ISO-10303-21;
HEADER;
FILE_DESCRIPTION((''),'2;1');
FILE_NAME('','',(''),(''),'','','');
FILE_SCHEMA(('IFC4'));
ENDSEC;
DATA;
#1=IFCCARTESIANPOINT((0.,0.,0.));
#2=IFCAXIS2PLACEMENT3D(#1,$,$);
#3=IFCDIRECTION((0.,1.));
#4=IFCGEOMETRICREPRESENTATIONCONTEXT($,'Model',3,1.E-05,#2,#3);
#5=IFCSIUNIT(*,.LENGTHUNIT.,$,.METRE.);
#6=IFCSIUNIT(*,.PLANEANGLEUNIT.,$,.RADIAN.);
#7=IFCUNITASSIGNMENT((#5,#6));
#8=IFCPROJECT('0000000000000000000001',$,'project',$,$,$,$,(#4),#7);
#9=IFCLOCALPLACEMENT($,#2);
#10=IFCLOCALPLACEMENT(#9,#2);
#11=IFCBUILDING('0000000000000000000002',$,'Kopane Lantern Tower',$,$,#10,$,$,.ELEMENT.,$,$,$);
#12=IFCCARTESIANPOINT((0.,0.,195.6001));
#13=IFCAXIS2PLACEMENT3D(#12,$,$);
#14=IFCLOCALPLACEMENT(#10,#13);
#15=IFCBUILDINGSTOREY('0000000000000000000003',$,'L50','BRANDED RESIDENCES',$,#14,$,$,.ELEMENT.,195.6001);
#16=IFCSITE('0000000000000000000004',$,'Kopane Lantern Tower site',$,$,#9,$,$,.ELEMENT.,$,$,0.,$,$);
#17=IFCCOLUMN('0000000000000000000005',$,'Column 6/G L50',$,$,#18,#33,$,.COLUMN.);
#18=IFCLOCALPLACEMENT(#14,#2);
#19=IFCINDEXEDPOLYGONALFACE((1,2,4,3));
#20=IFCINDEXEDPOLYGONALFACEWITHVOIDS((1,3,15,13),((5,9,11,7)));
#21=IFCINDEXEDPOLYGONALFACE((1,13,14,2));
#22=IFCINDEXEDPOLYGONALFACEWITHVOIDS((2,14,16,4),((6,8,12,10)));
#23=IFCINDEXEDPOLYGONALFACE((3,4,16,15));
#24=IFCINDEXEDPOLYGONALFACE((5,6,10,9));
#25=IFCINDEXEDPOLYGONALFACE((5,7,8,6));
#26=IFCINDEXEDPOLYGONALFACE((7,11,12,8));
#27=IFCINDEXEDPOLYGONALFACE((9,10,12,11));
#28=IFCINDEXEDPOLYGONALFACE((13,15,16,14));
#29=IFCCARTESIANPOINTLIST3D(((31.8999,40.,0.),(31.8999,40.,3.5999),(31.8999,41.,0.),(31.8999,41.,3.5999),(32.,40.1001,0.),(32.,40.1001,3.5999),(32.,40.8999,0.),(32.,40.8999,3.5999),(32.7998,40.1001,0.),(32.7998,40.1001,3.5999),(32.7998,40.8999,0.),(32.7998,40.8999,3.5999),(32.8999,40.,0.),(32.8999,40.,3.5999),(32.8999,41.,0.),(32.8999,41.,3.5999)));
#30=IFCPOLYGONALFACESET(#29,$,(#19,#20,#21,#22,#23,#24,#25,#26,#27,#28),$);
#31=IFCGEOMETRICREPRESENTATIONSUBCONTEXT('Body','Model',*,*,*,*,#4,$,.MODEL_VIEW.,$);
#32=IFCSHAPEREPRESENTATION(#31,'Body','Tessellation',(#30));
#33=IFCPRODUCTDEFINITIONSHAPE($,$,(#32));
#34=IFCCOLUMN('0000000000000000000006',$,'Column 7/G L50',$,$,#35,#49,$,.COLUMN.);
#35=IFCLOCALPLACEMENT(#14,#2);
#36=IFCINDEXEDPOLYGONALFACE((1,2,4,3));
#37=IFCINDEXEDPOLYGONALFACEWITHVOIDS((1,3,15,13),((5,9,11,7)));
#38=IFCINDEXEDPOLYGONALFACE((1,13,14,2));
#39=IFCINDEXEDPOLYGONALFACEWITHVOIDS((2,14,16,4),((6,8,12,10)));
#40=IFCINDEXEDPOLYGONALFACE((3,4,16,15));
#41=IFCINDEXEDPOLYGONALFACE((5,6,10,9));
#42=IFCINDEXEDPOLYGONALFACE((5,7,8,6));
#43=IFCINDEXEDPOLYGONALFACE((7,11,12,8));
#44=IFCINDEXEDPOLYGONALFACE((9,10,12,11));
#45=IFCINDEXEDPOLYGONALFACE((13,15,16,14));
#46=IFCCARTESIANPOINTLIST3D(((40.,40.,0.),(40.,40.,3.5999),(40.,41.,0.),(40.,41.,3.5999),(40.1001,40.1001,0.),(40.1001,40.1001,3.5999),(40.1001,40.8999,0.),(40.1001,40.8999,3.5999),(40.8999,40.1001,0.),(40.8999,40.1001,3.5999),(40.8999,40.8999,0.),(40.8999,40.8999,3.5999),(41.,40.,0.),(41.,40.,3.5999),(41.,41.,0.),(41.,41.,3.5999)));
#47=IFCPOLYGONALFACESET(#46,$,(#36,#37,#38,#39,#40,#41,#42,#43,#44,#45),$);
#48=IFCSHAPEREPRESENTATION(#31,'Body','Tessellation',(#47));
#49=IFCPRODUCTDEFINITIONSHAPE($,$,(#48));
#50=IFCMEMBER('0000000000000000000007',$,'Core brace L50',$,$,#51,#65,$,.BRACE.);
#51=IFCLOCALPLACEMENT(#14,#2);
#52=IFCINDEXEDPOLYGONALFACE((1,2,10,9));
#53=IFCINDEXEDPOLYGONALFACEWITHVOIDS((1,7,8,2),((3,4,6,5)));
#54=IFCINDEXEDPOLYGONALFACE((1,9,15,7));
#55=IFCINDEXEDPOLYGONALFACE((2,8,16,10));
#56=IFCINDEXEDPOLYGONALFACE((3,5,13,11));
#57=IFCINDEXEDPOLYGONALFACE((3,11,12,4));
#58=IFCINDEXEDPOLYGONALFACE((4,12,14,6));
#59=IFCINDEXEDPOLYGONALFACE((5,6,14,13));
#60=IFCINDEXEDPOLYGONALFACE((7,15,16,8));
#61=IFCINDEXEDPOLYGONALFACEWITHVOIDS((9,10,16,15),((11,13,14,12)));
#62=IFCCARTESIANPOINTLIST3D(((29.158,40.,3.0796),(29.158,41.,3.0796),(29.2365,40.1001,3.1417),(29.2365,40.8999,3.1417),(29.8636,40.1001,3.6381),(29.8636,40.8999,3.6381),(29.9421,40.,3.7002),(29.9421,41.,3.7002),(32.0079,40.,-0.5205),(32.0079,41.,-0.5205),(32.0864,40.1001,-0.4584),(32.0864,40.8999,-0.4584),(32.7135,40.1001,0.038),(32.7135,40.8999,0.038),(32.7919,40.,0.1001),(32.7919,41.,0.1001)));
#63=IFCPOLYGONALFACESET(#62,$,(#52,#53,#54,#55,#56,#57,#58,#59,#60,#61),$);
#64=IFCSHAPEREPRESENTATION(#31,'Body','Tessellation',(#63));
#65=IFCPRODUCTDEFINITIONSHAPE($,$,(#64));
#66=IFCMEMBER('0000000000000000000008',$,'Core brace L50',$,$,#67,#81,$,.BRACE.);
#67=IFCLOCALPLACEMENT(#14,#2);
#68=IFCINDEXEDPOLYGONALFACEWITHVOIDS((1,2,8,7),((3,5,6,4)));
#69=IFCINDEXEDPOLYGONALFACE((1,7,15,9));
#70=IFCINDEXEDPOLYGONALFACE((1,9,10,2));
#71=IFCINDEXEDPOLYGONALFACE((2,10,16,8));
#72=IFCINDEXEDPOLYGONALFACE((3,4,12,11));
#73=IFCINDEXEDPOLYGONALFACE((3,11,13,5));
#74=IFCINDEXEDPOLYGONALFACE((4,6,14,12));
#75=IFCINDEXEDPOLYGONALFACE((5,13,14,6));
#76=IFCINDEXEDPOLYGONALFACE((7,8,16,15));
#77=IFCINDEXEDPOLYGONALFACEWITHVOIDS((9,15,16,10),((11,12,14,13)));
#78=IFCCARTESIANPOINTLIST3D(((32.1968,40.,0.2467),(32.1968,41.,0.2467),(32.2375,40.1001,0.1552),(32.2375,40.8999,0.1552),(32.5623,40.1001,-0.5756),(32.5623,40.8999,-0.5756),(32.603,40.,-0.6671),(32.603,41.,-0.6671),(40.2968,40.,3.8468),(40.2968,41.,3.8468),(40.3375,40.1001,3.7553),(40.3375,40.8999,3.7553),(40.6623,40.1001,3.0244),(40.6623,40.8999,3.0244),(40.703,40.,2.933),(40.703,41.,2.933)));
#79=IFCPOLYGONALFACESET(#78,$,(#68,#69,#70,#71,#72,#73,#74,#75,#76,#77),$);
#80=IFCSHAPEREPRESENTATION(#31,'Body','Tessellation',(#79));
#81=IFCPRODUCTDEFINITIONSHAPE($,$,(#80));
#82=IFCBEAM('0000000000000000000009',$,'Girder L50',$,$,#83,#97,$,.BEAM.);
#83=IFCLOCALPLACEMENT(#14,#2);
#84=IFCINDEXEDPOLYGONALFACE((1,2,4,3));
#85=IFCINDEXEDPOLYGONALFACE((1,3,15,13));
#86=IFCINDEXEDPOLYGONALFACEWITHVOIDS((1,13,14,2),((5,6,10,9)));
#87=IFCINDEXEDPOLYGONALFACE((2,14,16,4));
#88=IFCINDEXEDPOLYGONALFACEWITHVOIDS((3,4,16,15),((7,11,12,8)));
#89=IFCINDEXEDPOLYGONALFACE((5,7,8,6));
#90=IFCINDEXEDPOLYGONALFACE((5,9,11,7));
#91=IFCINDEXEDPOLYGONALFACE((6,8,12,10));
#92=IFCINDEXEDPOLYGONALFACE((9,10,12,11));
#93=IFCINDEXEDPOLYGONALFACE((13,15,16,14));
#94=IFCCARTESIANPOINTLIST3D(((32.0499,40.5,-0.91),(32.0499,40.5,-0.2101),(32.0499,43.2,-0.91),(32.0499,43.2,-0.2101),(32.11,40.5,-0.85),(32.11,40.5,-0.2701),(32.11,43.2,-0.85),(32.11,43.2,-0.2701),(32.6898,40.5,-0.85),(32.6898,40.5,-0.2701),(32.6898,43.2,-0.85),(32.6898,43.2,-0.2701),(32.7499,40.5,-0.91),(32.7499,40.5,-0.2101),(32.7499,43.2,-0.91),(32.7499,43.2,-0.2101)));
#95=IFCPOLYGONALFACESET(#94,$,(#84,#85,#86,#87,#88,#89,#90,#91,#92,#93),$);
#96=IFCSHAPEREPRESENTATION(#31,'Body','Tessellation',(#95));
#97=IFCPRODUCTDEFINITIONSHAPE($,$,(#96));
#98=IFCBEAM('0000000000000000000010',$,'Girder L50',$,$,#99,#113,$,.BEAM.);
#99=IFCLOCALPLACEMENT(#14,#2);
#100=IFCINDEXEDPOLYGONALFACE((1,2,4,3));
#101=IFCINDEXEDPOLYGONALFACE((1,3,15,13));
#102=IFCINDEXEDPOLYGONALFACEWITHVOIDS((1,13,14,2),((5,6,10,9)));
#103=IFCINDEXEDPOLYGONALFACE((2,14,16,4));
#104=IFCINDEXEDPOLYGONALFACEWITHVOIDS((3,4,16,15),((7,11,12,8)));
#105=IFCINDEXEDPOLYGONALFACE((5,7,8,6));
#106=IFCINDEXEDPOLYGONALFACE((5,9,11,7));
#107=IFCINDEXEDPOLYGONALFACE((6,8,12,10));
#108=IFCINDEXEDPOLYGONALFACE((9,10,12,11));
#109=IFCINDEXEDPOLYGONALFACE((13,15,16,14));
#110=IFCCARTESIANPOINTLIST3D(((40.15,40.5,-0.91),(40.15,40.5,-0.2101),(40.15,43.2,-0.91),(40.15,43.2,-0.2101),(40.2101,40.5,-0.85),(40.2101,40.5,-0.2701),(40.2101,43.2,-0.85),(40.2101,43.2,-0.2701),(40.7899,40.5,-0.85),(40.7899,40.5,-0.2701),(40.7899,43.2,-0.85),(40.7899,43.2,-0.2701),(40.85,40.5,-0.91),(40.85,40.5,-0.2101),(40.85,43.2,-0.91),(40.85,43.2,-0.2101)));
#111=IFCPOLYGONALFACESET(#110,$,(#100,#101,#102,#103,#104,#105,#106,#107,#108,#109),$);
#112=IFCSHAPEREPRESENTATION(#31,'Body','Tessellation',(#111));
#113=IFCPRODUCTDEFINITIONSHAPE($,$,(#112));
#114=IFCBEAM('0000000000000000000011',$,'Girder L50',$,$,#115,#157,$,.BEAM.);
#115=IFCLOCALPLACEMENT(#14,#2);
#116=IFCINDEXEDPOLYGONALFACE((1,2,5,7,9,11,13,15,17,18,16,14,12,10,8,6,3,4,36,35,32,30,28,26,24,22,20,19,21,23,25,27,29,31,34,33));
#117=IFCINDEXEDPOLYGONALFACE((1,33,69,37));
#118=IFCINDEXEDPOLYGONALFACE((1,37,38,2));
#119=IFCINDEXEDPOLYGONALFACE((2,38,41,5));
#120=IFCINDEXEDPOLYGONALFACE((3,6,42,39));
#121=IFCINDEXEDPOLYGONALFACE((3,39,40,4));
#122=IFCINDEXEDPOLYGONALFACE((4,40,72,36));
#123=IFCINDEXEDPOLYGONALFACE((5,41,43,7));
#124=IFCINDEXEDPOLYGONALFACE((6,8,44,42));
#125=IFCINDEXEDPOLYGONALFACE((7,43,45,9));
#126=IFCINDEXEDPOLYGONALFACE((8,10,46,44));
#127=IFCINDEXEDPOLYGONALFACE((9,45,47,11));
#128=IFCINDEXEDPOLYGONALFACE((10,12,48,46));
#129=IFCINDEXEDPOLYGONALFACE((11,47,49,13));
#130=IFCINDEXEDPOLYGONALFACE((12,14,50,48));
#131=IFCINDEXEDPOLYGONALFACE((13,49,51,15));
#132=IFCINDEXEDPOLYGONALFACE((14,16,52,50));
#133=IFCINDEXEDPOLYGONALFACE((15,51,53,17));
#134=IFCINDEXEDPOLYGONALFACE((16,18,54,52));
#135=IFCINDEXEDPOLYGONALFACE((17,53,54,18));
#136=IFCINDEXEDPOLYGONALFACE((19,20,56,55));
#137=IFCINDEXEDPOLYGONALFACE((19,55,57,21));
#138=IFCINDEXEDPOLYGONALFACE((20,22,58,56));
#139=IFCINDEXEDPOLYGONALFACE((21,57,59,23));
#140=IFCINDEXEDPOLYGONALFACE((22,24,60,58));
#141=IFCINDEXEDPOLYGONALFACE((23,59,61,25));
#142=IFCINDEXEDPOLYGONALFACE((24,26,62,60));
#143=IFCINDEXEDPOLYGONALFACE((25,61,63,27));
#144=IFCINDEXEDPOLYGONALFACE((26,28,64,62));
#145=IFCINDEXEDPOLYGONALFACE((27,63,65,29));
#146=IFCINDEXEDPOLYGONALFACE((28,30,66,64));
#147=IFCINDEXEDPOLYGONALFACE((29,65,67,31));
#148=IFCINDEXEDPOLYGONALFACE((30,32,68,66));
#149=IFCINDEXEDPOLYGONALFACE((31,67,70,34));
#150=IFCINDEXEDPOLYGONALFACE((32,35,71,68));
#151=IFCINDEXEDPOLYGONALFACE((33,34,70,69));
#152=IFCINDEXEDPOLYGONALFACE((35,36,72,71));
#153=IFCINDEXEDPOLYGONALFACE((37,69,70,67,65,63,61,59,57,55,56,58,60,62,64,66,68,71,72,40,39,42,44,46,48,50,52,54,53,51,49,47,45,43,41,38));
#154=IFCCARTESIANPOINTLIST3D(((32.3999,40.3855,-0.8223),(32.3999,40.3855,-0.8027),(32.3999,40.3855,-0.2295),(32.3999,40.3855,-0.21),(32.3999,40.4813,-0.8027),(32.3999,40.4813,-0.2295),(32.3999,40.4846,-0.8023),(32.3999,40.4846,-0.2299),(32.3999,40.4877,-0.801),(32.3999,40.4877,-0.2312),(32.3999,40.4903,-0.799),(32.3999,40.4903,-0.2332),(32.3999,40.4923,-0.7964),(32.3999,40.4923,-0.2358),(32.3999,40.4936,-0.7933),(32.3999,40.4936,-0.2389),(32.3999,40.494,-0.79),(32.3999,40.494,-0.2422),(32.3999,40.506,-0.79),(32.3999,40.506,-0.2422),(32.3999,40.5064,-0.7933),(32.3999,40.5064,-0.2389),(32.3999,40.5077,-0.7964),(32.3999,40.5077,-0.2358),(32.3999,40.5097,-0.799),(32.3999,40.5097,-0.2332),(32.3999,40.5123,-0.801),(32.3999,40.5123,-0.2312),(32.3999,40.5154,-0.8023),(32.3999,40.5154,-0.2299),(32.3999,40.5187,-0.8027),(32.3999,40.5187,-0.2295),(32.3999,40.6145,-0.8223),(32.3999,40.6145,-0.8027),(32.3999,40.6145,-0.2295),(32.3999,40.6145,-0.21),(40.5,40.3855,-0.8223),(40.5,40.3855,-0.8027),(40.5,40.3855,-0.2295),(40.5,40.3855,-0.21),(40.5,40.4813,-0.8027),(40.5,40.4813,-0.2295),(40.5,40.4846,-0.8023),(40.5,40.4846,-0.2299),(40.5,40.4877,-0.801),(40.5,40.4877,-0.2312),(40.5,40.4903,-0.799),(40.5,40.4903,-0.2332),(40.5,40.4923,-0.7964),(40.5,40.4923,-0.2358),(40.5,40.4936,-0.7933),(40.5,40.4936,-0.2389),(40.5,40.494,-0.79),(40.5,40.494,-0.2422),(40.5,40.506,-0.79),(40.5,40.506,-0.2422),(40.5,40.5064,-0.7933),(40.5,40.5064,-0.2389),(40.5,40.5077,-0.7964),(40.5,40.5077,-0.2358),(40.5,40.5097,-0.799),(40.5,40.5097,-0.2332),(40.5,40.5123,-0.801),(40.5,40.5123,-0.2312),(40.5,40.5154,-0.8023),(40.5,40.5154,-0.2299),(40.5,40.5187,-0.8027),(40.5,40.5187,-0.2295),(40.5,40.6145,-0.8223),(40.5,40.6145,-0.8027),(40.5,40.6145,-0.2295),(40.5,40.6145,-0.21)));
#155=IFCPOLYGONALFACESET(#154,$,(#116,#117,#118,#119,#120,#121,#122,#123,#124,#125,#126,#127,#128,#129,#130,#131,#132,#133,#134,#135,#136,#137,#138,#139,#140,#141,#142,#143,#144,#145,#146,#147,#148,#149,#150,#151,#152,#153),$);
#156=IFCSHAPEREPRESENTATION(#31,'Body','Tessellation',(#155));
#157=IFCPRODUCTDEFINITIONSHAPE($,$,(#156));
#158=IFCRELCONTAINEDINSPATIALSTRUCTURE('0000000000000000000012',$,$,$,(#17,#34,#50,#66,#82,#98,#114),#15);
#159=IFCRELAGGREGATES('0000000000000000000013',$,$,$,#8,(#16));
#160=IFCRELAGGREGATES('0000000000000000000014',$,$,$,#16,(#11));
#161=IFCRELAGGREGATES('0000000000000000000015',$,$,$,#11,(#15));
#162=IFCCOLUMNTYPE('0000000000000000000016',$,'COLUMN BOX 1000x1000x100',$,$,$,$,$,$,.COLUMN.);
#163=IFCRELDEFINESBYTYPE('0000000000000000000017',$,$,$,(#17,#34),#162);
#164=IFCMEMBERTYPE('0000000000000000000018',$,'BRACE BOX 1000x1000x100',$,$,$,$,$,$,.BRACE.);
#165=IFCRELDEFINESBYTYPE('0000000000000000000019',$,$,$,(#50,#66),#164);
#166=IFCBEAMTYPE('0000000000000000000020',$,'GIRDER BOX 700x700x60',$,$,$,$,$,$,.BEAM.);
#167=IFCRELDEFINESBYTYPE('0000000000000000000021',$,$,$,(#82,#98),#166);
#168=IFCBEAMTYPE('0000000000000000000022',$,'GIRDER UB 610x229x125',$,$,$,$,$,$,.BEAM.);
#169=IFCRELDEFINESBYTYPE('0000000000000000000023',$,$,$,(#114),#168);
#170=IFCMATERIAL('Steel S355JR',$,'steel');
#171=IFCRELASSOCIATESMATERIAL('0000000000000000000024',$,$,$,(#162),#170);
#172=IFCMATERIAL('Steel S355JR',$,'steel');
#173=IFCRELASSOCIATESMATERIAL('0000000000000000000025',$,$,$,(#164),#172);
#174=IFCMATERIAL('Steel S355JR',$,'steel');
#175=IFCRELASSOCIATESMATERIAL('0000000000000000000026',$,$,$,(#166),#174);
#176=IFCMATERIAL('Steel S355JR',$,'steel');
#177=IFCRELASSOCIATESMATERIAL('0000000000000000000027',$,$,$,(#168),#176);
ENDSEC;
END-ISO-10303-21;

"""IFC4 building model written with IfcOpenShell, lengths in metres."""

from ifc_helpers import new_model, si_unit, direction, frame, origin, origin_2d, place, context, subcontext, project, spatial, hollow_rectangle, i_section, extrude, material, material_profile, profile_set, type_object, element, save


model = new_model("IFC4")

# Units and contexts
model_context = context("Model", 3, precision=1e-05, world=origin(), true_north=direction((0.0, 1.0)))
body_context = subcontext(model_context, "Body", "Model", "MODEL_VIEW")
ifc_project = project(units=[si_unit("LENGTHUNIT", "METRE"), si_unit("PLANEANGLEUNIT", "RADIAN")], contexts=[model_context])

# Site, building, storey
site_placement = place(None, origin())
site = spatial("IfcSite", under=ifc_project, at=site_placement, Name="Kopane Lantern Tower site", CompositionType="ELEMENT", RefElevation=0.0)
building_placement = place(site_placement, origin())
building = spatial("IfcBuilding", under=site, at=building_placement, Name="Kopane Lantern Tower", CompositionType="ELEMENT")
storey_placement = place(building_placement, frame((0.0, 0.0, 195.6001)))
storey = spatial("IfcBuildingStorey", under=building, at=storey_placement, Name="L50", Description="BRANDED RESIDENCES", CompositionType="ELEMENT", Elevation=195.6001)

# Columns
ifc_material_1 = material(Name="Steel S355JR", Category="steel")
ifc_material_profile_1 = material_profile(ifc_material_1, hollow_rectangle(XDim=1.0, YDim=1.0, WallThickness=0.1001, at=origin_2d()), Name="BOX 1000x1000x100")
ifc_profile_set_1 = profile_set([ifc_material_profile_1], Name="Steel S355JR")
column_type = type_object("IfcColumnType", Name="COLUMN BOX 1000x1000x100", PredefinedType="COLUMN", material=ifc_profile_set_1)
for number, where, z_axis, x_axis, name in (
    (1, (32.3999, 40.5, 0.0), (0.0, 0.0, 1.0), (1.0, 0.0, 0.0), "Column 6/G L50"),
    (2, (40.5, 40.5, 0.0), (0.0, 0.0, 1.0), (1.0, 0.0, 0.0), "Column 7/G L50"),
):
    element("IfcColumn", number, at=place(storey_placement, frame(where, z_axis=z_axis, x_axis=x_axis)), inside=storey, type_object=column_type, Name=name, PredefinedType="COLUMN", context=body_context, shape_type="SweptSolid", body=[
        extrude(hollow_rectangle(XDim=1.0, YDim=1.0, WallThickness=0.1001, at=origin_2d()), origin(), (0.0, 0.0, 1.0), 3.5999),
    ])

# Members
ifc_material_2 = material(Name="Steel S355JR", Category="steel")
ifc_material_profile_2 = material_profile(ifc_material_2, hollow_rectangle(XDim=1.0, YDim=1.0, WallThickness=0.1001, at=origin_2d()), Name="BOX 1000x1000x100")
ifc_profile_set_2 = profile_set([ifc_material_profile_2], Name="Steel S355JR")
member_type = type_object("IfcMemberType", Name="BRACE BOX 1000x1000x100", PredefinedType="BRACE", material=ifc_profile_set_2)
member_1_placement = place(storey_placement, frame((32.3999, 40.5, -0.2102), z_axis=(-0.620673, 0.0, 0.78407), x_axis=(0.0, -1.0, 0.0)))
element("IfcMember", 3, at=member_1_placement, inside=storey, type_object=member_type, Name="Core brace L50", PredefinedType="BRACE", context=body_context, shape_type="SweptSolid", body=[
    extrude(hollow_rectangle(XDim=1.0, YDim=1.0, WallThickness=0.1001, at=origin_2d()), origin(), (0.0, 0.0, 1.0), 4.5916),
])
member_2_placement = place(storey_placement, frame((32.3999, 40.5, -0.2102), z_axis=(0.913809, 0.0, 0.406144), x_axis=(0.0, 1.0, 0.0)))
element("IfcMember", 4, at=member_2_placement, inside=storey, type_object=member_type, Name="Core brace L50", PredefinedType="BRACE", context=body_context, shape_type="SweptSolid", body=[
    extrude(hollow_rectangle(XDim=1.0, YDim=1.0, WallThickness=0.1001, at=origin_2d()), origin(), (0.0, 0.0, 1.0), 8.864),
])

# Beams
ifc_material_3 = material(Name="Steel S355JR", Category="steel")
ifc_material_profile_3 = material_profile(ifc_material_3, hollow_rectangle(XDim=0.7, YDim=0.7, WallThickness=0.0601, at=origin_2d()), Name="BOX 700x700x60")
ifc_profile_set_3 = profile_set([ifc_material_profile_3], Name="Steel S355JR")
beam_type_1 = type_object("IfcBeamType", Name="GIRDER BOX 700x700x60", PredefinedType="BEAM", material=ifc_profile_set_3)
for number, where, z_axis, x_axis, name in (
    (5, (32.3999, 40.5, -0.5601), (0.0, 1.0, 0.0), (-1.0, 0.0, 0.0), "Girder L50"),
    (6, (40.5, 40.5, -0.5601), (0.0, 1.0, 0.0), (-1.0, 0.0, 0.0), "Girder L50"),
):
    element("IfcBeam", number, at=place(storey_placement, frame(where, z_axis=z_axis, x_axis=x_axis)), inside=storey, type_object=beam_type_1, Name=name, PredefinedType="BEAM", context=body_context, shape_type="SweptSolid", body=[
        extrude(hollow_rectangle(XDim=0.7, YDim=0.7, WallThickness=0.0601, at=origin_2d()), origin(), (0.0, 0.0, 1.0), 2.7),
    ])
ifc_material_4 = material(Name="Steel S355JR", Category="steel")
ifc_material_profile_4 = material_profile(ifc_material_4, i_section(OverallWidth=0.229, OverallDepth=0.6123, WebThickness=0.012, FlangeThickness=0.0195, FilletRadius=0.0127, at=origin_2d()), Name="UB 610x229x125")
ifc_profile_set_4 = profile_set([ifc_material_profile_4], Name="Steel S355JR")
beam_type_2 = type_object("IfcBeamType", Name="GIRDER UB 610x229x125", PredefinedType="BEAM", material=ifc_profile_set_4)
for number, where, z_axis, x_axis, name in (
    (7, (32.3999, 40.5, -0.5161), (1.0, 0.0, 0.0), (0.0, 1.0, 0.0), "Girder L50"),
):
    element("IfcBeam", number, at=place(storey_placement, frame(where, z_axis=z_axis, x_axis=x_axis)), inside=storey, type_object=beam_type_2, Name=name, PredefinedType="BEAM", context=body_context, shape_type="SweptSolid", body=[
        extrude(i_section(OverallWidth=0.229, OverallDepth=0.6123, WebThickness=0.012, FlangeThickness=0.0195, FilletRadius=0.0127, at=origin_2d()), origin(), (0.0, 0.0, 1.0), 8.1001),
    ])

save(model, "model.ifc")
